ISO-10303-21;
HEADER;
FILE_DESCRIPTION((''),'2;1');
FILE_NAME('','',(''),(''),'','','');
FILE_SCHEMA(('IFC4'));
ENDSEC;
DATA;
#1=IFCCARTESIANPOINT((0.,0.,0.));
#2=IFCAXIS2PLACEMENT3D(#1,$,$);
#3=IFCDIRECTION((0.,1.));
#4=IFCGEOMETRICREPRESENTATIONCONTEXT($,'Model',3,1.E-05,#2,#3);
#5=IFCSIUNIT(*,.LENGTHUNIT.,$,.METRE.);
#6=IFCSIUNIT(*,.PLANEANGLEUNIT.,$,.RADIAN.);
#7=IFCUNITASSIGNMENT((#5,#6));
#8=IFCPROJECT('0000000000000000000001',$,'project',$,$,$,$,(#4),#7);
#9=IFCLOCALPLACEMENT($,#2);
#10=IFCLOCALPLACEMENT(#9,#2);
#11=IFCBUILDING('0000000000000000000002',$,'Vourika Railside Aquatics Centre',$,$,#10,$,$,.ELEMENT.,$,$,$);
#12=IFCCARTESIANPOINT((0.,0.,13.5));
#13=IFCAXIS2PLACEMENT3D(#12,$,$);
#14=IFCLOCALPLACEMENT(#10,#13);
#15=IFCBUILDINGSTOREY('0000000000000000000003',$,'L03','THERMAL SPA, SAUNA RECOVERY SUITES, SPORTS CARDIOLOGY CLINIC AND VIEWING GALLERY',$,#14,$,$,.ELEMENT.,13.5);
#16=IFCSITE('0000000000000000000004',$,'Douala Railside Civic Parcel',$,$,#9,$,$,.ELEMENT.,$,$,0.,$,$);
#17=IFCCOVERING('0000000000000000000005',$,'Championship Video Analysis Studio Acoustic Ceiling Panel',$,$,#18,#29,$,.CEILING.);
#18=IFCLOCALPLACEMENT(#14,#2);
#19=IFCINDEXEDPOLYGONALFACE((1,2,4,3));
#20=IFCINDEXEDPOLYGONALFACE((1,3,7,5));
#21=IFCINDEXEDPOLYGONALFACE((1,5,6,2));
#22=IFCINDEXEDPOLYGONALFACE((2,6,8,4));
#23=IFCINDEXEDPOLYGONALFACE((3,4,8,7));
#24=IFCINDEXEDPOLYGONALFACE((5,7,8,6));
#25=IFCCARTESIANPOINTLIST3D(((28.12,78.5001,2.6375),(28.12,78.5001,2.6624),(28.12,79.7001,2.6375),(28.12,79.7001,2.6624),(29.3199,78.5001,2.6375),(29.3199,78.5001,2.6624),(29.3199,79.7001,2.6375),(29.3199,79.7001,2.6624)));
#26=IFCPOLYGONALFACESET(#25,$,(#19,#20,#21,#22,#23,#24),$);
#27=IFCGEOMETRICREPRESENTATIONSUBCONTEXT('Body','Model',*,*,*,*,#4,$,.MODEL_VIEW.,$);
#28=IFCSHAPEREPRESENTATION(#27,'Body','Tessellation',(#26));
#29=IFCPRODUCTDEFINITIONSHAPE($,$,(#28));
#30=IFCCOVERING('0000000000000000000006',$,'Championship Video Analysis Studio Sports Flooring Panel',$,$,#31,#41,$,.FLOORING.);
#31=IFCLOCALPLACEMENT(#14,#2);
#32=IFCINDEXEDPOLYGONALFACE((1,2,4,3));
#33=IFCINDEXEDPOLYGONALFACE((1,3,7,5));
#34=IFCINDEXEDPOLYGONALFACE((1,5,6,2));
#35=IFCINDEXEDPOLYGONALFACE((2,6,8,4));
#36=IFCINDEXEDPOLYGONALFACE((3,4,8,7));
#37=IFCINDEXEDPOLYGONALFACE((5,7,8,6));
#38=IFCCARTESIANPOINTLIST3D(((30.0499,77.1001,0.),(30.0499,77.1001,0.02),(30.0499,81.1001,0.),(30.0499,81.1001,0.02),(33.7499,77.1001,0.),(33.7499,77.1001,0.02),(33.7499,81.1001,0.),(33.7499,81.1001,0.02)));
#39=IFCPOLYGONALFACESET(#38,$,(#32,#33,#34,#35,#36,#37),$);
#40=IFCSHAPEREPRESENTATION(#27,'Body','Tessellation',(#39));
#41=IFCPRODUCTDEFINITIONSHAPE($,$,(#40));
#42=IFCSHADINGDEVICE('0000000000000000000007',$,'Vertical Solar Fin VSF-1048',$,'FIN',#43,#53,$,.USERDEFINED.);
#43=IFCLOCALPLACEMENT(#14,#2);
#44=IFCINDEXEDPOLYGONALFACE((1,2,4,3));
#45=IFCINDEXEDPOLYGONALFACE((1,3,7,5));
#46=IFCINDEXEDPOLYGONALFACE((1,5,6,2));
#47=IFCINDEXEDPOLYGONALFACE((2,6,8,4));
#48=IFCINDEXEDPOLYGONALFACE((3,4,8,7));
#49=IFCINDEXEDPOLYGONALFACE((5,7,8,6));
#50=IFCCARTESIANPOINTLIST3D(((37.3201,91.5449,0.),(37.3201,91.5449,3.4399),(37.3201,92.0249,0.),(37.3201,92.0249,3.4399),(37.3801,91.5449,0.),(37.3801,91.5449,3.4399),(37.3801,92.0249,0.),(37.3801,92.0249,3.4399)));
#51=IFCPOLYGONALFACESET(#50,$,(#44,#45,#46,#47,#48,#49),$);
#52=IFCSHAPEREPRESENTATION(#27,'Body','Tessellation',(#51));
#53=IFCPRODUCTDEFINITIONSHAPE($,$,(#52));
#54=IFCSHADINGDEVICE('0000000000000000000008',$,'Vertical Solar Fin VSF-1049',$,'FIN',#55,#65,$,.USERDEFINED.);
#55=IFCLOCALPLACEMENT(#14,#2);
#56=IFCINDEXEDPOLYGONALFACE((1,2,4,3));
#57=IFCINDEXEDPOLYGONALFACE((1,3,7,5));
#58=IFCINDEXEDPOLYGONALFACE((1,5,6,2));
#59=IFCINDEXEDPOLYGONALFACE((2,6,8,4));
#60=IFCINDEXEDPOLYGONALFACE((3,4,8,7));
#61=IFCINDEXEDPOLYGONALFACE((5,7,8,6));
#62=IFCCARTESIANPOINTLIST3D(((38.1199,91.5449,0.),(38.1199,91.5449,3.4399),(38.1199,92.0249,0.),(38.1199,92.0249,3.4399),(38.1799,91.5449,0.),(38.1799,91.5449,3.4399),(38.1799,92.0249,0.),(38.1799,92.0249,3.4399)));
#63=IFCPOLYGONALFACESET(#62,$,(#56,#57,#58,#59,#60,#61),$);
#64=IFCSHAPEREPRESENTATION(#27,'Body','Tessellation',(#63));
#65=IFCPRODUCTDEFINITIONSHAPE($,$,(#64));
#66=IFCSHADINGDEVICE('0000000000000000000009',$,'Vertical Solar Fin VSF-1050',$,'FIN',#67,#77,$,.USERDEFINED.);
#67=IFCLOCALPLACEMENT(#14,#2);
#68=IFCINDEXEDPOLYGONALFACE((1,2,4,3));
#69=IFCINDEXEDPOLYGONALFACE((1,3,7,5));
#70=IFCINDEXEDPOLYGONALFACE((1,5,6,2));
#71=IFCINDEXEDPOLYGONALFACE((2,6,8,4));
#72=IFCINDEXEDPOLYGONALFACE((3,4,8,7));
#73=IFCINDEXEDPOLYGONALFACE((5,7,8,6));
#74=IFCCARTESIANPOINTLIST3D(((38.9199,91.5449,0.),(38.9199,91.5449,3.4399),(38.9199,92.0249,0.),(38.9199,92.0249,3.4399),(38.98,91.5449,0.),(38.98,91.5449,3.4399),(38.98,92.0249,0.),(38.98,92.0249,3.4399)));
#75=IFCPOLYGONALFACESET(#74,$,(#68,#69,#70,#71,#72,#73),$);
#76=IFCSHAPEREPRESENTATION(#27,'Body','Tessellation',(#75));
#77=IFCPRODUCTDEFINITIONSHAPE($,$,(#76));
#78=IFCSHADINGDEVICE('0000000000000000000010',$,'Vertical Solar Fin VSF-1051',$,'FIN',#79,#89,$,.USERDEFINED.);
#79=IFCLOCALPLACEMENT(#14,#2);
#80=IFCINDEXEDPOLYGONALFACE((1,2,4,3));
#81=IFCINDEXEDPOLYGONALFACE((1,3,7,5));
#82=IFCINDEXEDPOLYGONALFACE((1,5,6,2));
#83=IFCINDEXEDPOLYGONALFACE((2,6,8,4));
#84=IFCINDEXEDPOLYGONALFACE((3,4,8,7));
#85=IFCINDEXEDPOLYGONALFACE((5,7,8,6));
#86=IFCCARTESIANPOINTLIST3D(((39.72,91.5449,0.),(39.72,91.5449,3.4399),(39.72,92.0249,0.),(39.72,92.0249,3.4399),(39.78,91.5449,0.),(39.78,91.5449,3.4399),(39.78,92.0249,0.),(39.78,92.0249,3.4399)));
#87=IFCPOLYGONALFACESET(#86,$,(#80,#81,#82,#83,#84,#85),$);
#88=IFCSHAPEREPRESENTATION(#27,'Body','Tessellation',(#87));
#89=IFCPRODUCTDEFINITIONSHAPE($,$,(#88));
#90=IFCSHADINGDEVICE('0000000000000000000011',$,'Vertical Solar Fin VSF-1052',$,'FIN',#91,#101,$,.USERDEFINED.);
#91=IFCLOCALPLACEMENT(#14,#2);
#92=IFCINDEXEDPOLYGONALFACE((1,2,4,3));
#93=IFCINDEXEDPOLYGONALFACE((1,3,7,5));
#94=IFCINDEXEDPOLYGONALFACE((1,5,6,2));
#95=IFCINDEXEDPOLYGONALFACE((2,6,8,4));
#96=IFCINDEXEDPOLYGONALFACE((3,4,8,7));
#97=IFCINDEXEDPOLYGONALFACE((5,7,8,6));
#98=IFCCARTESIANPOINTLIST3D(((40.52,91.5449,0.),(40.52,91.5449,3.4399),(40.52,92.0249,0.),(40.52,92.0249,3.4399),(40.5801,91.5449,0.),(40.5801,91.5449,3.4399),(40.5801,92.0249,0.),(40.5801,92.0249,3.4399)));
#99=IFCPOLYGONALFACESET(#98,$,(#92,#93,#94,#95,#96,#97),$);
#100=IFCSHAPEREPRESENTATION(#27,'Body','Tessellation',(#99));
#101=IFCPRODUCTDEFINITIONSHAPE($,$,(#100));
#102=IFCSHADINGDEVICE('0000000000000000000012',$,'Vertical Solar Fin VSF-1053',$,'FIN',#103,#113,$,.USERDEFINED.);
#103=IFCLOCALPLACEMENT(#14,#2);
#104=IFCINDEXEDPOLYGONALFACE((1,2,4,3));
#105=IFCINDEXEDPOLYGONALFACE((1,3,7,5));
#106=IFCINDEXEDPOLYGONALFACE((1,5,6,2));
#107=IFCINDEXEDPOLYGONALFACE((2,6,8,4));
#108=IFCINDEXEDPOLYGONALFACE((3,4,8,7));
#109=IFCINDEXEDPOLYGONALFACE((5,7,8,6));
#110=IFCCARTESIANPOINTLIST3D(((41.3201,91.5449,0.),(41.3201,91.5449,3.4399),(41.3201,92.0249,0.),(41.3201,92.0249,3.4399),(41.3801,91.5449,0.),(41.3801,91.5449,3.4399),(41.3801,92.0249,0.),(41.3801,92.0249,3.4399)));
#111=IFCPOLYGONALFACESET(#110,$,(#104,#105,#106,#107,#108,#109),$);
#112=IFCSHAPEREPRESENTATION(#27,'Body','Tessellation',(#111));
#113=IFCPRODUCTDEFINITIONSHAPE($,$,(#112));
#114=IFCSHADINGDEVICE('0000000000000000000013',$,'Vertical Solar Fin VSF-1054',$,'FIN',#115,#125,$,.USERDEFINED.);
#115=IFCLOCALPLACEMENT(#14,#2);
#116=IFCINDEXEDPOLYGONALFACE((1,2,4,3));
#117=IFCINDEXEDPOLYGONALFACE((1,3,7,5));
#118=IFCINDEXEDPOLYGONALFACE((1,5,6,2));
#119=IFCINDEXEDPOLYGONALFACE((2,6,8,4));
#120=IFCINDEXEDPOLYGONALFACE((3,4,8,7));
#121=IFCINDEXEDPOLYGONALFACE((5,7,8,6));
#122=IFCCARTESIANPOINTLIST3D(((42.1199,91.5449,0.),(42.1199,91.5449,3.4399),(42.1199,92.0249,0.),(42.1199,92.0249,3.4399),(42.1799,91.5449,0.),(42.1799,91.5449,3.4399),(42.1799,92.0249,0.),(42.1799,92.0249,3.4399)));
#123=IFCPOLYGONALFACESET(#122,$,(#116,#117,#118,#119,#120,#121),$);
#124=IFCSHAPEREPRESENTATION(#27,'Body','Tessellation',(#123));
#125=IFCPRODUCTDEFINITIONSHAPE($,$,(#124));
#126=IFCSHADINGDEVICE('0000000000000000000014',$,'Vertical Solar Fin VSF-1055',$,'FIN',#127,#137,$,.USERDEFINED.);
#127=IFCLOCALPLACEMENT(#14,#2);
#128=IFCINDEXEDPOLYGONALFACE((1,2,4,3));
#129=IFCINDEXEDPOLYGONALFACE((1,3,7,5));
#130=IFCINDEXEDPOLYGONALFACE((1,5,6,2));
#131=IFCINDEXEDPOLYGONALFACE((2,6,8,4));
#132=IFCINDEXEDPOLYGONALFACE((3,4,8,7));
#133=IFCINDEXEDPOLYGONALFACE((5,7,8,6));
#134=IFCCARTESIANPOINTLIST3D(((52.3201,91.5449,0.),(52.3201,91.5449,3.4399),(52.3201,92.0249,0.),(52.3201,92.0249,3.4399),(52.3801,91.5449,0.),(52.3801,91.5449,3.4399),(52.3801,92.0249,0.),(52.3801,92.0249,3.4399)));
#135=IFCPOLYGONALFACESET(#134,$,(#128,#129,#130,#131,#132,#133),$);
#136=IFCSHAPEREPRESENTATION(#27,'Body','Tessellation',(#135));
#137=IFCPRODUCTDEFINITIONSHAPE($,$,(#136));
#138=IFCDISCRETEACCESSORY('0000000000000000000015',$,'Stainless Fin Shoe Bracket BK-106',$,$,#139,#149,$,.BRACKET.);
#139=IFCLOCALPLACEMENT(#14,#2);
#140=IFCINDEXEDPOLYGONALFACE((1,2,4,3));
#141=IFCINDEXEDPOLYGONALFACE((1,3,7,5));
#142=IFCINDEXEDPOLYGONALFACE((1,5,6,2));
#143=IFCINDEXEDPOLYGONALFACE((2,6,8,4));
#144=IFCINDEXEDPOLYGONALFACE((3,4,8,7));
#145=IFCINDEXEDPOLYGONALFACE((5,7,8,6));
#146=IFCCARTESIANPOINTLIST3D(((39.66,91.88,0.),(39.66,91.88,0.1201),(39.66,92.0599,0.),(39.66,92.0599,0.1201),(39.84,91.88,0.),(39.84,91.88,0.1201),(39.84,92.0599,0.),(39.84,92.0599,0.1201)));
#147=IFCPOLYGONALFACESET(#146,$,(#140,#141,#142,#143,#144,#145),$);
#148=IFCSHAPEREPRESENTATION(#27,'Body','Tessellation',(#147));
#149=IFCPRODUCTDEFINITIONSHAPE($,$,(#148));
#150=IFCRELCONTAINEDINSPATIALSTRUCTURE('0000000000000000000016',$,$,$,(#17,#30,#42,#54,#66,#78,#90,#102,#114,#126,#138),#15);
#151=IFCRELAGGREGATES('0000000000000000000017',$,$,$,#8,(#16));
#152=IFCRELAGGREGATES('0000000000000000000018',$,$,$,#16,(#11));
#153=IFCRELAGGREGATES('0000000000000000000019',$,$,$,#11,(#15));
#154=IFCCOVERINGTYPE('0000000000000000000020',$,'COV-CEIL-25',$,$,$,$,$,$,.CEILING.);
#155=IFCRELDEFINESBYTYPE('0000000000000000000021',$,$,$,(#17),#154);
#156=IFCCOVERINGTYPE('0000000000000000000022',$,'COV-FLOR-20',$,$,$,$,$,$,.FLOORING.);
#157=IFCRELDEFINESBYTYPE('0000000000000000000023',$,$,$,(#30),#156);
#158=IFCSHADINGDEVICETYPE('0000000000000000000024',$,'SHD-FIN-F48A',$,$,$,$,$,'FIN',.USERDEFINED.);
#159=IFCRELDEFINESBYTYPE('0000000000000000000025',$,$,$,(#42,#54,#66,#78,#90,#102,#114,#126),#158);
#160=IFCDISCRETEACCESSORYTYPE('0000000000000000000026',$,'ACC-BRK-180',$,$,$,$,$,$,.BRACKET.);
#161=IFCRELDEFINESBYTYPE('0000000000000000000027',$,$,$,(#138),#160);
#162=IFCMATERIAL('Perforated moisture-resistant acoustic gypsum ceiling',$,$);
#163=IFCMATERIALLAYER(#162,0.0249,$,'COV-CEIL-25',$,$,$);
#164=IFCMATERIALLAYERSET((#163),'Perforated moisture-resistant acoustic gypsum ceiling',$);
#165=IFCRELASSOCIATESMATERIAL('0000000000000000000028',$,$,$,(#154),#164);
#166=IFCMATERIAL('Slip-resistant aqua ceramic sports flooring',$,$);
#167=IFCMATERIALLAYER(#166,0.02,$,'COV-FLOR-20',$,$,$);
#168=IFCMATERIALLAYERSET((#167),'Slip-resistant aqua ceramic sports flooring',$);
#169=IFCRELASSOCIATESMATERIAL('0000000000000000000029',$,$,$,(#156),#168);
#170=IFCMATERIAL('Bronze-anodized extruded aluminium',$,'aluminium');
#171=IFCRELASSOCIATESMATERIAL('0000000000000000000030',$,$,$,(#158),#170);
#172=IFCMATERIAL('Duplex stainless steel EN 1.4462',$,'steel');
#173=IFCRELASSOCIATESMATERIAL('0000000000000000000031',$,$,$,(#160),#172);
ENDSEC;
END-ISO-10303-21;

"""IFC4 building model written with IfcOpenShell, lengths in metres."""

from ifc_helpers import new_model, si_unit, direction, frame, origin, origin_2d, place, context, subcontext, project, spatial, rectangle, extrude, material, layer, layer_set, material_profile, profile_set, type_object, element, save


model = new_model("IFC4")

# Units and contexts
model_context = context("Model", 3, precision=1e-05, world=origin(), true_north=direction((0.0, 1.0)))
body_context = subcontext(model_context, "Body", "Model", "MODEL_VIEW")
ifc_project = project(units=[si_unit("LENGTHUNIT", "METRE"), si_unit("PLANEANGLEUNIT", "RADIAN")], contexts=[model_context])

# Site, building, storey
site_placement = place(None, origin())
site = spatial("IfcSite", under=ifc_project, at=site_placement, Name="Douala Railside Civic Parcel", CompositionType="ELEMENT", RefElevation=0.0)
building_placement = place(site_placement, origin())
building = spatial("IfcBuilding", under=site, at=building_placement, Name="Vourika Railside Aquatics Centre", CompositionType="ELEMENT")
storey_placement = place(building_placement, frame((0.0, 0.0, 13.5)))
storey = spatial("IfcBuildingStorey", under=building, at=storey_placement, Name="L03", Description="THERMAL SPA, SAUNA RECOVERY SUITES, SPORTS CARDIOLOGY CLINIC AND VIEWING GALLERY", CompositionType="ELEMENT", Elevation=13.5)

# Coverings
ifc_material_1 = material(Name="Perforated moisture-resistant acoustic gypsum ceiling")
ifc_layer_1 = layer(ifc_material_1, 0.0249, Name="COV-CEIL-25")
ifc_layer_set_1 = layer_set([ifc_layer_1], Name="Perforated moisture-resistant acoustic gypsum ceiling")
covering_type_1 = type_object("IfcCoveringType", Name="COV-CEIL-25", PredefinedType="CEILING", material=ifc_layer_set_1)
covering_1_placement = place(storey_placement, frame((28.72, 79.1001, 2.6375), z_axis=(0.0, 0.0, 1.0), x_axis=(1.0, 0.0, 0.0)))
element("IfcCovering", 1, at=covering_1_placement, inside=storey, type_object=covering_type_1, Name="Championship Video Analysis Studio Acoustic Ceiling Panel", PredefinedType="CEILING", context=body_context, shape_type="SweptSolid", body=[
    extrude(rectangle(XDim=1.2, YDim=1.2, at=origin_2d()), origin(), (0.0, 0.0, 1.0), 0.0249),
])
ifc_material_2 = material(Name="Slip-resistant aqua ceramic sports flooring")
ifc_layer_2 = layer(ifc_material_2, 0.02, Name="COV-FLOR-20")
ifc_layer_set_2 = layer_set([ifc_layer_2], Name="Slip-resistant aqua ceramic sports flooring")
covering_type_2 = type_object("IfcCoveringType", Name="COV-FLOR-20", PredefinedType="FLOORING", material=ifc_layer_set_2)
covering_2_placement = place(storey_placement, frame((31.8999, 79.1001, 0.0), z_axis=(0.0, 0.0, 1.0), x_axis=(1.0, 0.0, 0.0)))
element("IfcCovering", 2, at=covering_2_placement, inside=storey, type_object=covering_type_2, Name="Championship Video Analysis Studio Sports Flooring Panel", PredefinedType="FLOORING", context=body_context, shape_type="SweptSolid", body=[
    extrude(rectangle(XDim=3.7, YDim=4.0, at=origin_2d()), origin(), (0.0, 0.0, 1.0), 0.02),
])

# Shading devices
ifc_material_3 = material(Name="Bronze-anodized extruded aluminium", Category="aluminium")
ifc_material_profile_1 = material_profile(ifc_material_3, rectangle(XDim=0.0601, YDim=0.48, at=origin_2d()), Name="ALU-FIN 60x480")
ifc_profile_set_1 = profile_set([ifc_material_profile_1], Name="Bronze-anodized extruded aluminium")
shading_device_type = type_object("IfcShadingDeviceType", Name="SHD-FIN-F48A", ElementType="FIN", PredefinedType="USERDEFINED", material=ifc_profile_set_1)
for number, where, z_axis, x_axis, name in (
    (3, (37.3501, 91.7849, 0.0), (0.0, 0.0, 1.0), (-1.0, 0.0, 0.0), "Vertical Solar Fin VSF-1048"),
    (4, (38.1499, 91.7849, 0.0), (0.0, 0.0, 1.0), (-1.0, 0.0, 0.0), "Vertical Solar Fin VSF-1049"),
    (5, (38.95, 91.7849, 0.0), (0.0, 0.0, 1.0), (-1.0, 0.0, 0.0), "Vertical Solar Fin VSF-1050"),
    (6, (39.75, 91.7849, 0.0), (0.0, 0.0, 1.0), (-1.0, 0.0, 0.0), "Vertical Solar Fin VSF-1051"),
    (7, (40.55, 91.7849, 0.0), (0.0, 0.0, 1.0), (-1.0, 0.0, 0.0), "Vertical Solar Fin VSF-1052"),
    (8, (41.3501, 91.7849, 0.0), (0.0, 0.0, 1.0), (-1.0, 0.0, 0.0), "Vertical Solar Fin VSF-1053"),
    (9, (42.1499, 91.7849, 0.0), (0.0, 0.0, 1.0), (-1.0, 0.0, 0.0), "Vertical Solar Fin VSF-1054"),
    (10, (52.3501, 91.7849, 0.0), (0.0, 0.0, 1.0), (-1.0, 0.0, 0.0), "Vertical Solar Fin VSF-1055"),
):
    element("IfcShadingDevice", number, at=place(storey_placement, frame(where, z_axis=z_axis, x_axis=x_axis)), inside=storey, type_object=shading_device_type, Name=name, ObjectType="FIN", PredefinedType="USERDEFINED", context=body_context, shape_type="SweptSolid", body=[
        extrude(rectangle(XDim=0.0601, YDim=0.48, at=origin_2d()), origin(), (0.0, 0.0, 1.0), 3.4399),
    ])

# Discrete accessory
ifc_material_4 = material(Name="Duplex stainless steel EN 1.4462", Category="steel")
discrete_accessory_type = type_object("IfcDiscreteAccessoryType", Name="ACC-BRK-180", PredefinedType="BRACKET", material=ifc_material_4)
discrete_accessory_placement = place(storey_placement, frame((39.75, 91.97, 0.0), z_axis=(0.0, 0.0, 1.0), x_axis=(0.0, -1.0, 0.0)))
element("IfcDiscreteAccessory", 11, at=discrete_accessory_placement, inside=storey, type_object=discrete_accessory_type, Name="Stainless Fin Shoe Bracket BK-106", PredefinedType="BRACKET", context=body_context, shape_type="SweptSolid", body=[
    extrude(rectangle(XDim=0.1799, YDim=0.1799, at=origin_2d()), origin(), (0.0, 0.0, 1.0), 0.1201),
])

save(model, "model.ifc")
